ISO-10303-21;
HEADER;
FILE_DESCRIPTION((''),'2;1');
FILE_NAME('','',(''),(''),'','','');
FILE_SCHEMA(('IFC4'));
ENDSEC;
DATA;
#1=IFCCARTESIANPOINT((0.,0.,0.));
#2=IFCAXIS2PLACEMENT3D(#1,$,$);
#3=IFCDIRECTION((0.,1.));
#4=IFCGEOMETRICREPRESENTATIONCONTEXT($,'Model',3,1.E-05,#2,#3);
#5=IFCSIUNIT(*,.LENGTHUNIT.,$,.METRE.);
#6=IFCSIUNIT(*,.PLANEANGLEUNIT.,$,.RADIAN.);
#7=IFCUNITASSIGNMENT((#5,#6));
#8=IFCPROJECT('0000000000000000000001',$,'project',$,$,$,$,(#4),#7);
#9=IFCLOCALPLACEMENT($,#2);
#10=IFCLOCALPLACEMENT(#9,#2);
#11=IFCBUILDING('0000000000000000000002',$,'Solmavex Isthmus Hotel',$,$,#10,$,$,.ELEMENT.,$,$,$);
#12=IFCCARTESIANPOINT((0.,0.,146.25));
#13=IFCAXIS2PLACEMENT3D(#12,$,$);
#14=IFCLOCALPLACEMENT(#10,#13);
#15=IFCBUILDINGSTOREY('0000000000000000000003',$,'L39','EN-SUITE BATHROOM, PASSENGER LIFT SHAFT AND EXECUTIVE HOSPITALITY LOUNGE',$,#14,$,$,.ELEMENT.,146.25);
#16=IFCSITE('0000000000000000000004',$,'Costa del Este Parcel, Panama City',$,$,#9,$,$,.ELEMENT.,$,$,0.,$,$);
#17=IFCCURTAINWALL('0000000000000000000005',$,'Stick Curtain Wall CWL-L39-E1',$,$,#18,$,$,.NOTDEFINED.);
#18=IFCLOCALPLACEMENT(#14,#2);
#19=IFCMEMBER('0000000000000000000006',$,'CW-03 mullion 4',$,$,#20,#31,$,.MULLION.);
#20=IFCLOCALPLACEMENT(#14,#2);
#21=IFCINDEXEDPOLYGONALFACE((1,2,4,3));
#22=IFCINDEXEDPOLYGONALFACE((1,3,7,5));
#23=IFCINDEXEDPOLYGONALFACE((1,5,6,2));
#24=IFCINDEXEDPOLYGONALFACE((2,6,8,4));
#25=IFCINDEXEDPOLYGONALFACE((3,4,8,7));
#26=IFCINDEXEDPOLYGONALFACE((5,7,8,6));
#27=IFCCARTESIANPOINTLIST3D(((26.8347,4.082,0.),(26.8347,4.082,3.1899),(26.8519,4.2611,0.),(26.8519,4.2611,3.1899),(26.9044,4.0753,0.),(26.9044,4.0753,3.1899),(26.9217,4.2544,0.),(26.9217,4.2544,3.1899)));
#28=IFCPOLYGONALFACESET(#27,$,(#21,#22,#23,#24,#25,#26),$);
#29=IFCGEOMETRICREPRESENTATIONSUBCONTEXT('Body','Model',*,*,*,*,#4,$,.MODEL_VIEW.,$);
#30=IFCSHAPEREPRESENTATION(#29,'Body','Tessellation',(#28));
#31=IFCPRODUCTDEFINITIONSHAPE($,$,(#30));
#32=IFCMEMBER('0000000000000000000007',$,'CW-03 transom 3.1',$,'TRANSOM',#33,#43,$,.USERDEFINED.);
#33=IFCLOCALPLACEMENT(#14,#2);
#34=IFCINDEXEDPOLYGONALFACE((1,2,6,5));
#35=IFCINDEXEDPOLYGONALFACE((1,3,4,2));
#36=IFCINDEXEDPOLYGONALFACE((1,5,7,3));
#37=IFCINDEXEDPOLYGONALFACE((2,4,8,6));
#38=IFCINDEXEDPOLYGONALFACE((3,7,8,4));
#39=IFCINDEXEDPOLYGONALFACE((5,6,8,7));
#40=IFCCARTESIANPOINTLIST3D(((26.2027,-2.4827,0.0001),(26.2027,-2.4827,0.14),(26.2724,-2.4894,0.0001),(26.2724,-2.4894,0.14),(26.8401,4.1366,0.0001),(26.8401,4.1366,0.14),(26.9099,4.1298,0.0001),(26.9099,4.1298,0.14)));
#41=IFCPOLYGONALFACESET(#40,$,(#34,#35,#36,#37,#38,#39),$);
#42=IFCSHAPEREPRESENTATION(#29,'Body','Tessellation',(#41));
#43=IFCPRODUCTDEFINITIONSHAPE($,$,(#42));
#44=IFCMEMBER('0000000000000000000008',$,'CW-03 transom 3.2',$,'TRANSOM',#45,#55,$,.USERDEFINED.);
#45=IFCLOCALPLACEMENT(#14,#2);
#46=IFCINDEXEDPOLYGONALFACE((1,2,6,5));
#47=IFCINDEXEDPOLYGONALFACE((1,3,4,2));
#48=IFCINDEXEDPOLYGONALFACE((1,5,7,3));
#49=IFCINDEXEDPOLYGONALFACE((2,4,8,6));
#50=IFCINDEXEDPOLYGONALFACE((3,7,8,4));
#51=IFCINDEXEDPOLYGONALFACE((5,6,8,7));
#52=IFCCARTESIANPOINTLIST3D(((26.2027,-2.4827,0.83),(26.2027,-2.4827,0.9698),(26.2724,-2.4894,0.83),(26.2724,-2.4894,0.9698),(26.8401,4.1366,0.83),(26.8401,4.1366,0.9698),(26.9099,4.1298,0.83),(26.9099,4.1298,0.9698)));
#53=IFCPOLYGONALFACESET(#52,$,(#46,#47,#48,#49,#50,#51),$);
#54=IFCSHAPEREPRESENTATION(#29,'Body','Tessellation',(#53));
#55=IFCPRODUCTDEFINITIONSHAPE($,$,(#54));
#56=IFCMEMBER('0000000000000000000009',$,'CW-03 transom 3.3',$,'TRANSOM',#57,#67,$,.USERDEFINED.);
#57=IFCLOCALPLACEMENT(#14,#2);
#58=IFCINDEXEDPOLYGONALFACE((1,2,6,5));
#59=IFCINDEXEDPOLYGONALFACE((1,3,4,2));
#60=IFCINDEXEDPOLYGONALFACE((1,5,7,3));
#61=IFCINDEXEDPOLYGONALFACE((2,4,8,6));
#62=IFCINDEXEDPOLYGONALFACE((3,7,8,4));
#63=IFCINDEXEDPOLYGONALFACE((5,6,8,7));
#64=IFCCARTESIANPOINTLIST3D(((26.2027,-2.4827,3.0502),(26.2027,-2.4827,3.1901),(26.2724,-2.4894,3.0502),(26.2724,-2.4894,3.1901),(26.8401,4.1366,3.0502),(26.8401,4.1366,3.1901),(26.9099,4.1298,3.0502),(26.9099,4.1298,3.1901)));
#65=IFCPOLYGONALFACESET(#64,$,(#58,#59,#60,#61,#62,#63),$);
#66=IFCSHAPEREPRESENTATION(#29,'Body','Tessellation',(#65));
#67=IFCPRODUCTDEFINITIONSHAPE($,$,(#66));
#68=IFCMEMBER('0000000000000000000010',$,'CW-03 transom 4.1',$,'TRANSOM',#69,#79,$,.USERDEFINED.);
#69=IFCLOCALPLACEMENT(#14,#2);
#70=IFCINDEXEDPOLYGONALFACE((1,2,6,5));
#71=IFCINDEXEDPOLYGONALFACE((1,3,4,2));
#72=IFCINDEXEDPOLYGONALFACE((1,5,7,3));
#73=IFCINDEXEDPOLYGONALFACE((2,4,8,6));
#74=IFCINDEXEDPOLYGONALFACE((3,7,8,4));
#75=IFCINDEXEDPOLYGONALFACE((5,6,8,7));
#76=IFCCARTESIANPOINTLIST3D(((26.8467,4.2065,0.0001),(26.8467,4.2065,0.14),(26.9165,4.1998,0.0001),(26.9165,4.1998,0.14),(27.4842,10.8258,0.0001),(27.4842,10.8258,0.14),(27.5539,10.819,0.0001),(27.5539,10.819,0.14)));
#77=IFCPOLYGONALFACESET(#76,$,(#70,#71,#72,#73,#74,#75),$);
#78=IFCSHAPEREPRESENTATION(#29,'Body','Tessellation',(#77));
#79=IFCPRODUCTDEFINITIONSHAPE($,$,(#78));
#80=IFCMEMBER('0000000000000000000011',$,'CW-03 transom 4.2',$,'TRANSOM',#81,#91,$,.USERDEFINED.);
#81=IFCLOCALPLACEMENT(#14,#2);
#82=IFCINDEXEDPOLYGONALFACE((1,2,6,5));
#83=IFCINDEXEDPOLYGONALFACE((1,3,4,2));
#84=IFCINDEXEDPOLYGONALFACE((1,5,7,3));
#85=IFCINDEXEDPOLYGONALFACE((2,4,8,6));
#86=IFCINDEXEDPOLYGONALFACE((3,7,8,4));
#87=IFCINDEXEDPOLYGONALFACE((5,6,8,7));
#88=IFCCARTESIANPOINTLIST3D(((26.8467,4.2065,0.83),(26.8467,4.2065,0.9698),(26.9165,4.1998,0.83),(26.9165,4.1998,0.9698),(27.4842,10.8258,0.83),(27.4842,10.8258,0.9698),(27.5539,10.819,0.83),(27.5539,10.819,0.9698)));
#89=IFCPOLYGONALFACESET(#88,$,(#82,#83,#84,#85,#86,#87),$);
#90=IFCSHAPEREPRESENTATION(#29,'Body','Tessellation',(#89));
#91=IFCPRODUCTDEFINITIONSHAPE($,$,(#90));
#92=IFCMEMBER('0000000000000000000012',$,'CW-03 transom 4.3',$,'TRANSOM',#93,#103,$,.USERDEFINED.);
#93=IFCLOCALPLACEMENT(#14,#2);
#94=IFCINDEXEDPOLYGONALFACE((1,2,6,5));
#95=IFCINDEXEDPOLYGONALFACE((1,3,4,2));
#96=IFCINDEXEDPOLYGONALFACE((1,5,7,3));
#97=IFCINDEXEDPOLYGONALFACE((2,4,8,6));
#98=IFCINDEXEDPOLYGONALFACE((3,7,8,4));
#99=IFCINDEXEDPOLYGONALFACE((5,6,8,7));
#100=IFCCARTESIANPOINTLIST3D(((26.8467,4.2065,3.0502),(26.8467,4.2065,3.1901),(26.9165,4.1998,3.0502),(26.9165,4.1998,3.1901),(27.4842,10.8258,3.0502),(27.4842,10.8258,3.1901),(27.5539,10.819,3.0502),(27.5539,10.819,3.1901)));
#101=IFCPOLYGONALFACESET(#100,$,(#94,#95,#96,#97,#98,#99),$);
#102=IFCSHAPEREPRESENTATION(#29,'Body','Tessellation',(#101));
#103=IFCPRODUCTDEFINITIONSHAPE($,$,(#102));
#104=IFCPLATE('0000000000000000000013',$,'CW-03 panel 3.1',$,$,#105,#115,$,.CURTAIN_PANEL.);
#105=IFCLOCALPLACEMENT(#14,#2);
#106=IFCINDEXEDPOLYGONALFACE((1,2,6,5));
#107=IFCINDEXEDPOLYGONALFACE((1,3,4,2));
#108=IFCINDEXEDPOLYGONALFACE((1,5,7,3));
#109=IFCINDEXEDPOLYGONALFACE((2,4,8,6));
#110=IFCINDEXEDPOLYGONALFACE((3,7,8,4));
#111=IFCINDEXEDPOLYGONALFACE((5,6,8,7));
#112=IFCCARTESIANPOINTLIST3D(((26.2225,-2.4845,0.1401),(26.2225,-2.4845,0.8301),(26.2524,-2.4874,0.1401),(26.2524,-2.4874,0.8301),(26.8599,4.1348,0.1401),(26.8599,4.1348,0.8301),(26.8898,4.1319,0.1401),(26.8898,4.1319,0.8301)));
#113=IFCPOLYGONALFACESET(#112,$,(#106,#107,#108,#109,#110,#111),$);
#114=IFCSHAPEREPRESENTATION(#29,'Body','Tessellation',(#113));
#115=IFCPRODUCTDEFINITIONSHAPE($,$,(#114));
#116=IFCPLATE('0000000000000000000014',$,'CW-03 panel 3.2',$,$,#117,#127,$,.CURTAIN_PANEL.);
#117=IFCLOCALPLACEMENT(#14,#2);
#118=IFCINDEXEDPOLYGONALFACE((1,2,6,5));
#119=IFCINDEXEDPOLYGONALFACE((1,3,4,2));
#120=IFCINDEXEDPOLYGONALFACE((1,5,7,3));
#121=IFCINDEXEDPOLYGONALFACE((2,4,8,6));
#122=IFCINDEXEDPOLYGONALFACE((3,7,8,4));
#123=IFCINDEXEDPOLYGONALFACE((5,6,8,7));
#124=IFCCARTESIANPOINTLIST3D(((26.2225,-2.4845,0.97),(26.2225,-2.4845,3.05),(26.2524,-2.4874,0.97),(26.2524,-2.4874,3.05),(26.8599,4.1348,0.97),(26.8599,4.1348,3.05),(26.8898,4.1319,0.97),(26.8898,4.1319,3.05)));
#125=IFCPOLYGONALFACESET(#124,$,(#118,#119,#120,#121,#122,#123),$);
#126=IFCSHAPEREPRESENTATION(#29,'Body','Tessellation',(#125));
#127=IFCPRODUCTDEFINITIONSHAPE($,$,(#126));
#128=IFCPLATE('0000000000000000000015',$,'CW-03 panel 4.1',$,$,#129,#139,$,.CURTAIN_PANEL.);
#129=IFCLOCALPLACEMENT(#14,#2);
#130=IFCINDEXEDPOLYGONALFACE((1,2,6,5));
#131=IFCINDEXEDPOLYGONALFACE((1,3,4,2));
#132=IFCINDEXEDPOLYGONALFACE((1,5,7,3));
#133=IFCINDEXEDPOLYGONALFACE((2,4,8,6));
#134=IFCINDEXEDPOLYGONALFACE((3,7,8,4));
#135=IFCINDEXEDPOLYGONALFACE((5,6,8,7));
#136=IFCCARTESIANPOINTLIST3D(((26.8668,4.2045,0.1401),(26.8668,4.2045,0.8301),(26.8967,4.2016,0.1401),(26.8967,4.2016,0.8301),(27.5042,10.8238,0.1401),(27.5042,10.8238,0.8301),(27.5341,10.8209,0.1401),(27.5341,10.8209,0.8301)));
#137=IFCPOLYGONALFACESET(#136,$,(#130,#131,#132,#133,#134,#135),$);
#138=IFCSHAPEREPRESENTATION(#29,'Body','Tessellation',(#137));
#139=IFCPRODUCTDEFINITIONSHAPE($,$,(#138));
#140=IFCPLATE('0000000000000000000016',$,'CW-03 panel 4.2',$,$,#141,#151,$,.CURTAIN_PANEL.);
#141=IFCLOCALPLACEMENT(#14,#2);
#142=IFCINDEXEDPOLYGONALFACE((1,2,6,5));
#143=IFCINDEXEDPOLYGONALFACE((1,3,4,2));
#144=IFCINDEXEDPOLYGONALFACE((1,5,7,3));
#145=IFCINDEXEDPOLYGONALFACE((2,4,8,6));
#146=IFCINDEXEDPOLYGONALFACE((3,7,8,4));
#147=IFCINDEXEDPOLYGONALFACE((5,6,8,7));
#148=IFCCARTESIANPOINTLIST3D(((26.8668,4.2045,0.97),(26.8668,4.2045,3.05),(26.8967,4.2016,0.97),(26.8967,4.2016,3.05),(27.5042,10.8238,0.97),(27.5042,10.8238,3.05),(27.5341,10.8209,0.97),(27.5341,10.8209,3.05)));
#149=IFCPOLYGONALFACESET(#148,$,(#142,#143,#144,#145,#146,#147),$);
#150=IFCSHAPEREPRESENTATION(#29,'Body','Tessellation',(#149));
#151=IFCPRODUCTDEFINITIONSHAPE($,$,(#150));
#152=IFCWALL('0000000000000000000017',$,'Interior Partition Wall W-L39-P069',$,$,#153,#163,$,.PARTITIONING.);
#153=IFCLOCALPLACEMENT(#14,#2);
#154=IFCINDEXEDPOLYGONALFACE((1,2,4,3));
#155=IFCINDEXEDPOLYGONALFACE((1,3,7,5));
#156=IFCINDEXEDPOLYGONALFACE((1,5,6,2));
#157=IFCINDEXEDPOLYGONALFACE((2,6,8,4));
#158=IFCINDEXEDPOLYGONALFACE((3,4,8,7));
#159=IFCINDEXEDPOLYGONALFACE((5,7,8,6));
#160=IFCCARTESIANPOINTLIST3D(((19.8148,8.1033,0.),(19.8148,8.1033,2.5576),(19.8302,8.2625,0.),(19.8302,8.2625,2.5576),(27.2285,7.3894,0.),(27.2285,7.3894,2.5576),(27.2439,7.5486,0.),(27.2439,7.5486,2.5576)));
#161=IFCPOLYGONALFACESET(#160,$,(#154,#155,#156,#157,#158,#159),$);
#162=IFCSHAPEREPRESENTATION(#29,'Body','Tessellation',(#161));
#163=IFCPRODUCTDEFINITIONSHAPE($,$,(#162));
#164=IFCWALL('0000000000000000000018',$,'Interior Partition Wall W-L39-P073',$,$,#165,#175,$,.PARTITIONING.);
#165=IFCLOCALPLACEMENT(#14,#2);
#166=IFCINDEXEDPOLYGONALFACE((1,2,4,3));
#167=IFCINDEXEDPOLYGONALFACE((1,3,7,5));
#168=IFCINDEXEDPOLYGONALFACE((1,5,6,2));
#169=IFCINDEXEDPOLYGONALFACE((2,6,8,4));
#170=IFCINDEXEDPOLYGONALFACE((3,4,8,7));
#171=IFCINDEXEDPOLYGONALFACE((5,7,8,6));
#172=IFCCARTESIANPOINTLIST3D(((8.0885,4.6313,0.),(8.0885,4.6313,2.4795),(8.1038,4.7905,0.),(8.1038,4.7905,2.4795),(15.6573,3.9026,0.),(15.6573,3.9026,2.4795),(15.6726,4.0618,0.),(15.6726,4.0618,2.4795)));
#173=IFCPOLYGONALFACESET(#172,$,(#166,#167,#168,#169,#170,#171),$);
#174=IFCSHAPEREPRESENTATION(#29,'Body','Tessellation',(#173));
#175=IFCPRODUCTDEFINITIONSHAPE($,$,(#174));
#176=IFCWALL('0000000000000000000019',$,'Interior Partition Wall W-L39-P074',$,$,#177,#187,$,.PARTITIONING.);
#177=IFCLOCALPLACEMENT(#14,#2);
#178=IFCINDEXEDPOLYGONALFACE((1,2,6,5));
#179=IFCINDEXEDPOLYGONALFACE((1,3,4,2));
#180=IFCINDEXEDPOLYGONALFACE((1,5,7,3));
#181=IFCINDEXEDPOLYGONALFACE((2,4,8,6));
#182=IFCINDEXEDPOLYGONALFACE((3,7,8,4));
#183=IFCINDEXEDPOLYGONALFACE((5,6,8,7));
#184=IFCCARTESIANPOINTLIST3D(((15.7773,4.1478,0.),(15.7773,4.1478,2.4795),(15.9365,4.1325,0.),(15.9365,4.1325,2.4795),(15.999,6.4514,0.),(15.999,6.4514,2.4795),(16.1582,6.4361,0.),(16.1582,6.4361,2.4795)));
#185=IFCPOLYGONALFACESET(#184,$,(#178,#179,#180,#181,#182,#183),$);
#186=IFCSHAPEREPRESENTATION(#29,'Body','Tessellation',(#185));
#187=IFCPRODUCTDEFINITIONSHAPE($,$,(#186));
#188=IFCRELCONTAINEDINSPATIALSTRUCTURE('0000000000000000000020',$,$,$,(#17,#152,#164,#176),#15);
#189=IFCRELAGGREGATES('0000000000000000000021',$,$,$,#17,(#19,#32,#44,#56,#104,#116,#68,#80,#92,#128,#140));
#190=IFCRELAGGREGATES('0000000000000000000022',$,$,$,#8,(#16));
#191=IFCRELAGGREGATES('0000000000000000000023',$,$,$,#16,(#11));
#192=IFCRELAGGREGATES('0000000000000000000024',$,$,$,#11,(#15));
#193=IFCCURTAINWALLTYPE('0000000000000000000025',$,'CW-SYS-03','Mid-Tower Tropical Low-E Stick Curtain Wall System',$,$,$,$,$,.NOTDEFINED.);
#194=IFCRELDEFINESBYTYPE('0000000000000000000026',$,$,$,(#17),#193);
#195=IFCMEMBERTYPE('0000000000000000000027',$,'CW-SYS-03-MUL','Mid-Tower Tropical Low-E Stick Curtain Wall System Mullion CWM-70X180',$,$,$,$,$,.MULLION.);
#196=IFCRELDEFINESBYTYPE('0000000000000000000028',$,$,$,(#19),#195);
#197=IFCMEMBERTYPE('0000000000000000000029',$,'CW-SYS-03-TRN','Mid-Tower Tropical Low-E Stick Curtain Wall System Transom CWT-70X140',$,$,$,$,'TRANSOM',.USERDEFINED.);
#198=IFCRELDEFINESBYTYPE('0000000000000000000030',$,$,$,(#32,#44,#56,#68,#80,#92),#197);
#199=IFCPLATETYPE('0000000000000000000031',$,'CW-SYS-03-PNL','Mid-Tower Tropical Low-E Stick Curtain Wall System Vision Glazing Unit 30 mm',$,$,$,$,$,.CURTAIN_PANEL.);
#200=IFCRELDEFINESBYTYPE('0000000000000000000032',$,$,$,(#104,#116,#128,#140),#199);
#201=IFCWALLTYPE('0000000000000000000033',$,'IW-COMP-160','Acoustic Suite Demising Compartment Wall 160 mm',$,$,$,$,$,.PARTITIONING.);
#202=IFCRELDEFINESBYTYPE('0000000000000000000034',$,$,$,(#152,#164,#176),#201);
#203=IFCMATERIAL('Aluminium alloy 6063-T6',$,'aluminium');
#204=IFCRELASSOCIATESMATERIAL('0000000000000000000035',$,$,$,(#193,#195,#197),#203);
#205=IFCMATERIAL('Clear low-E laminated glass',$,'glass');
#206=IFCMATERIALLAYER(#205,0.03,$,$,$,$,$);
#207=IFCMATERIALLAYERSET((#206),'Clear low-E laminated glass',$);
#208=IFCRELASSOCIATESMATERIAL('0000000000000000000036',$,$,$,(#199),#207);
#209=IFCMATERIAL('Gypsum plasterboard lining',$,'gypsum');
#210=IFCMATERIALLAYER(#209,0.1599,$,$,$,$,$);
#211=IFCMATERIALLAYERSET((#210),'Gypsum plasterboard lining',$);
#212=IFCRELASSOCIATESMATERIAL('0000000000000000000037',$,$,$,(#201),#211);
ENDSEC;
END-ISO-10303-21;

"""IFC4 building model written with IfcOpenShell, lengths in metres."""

from ifc_helpers import new_model, si_unit, direction, frame, frame_2d, origin, origin_2d, place, context, subcontext, project, spatial, rectangle, extrude, material, layer, layer_set, material_profile, profile_set, type_object, element, aggregate, save


model = new_model("IFC4")

# Units and contexts
model_context = context("Model", 3, precision=1e-05, world=origin(), true_north=direction((0.0, 1.0)))
body_context = subcontext(model_context, "Body", "Model", "MODEL_VIEW")
ifc_project = project(units=[si_unit("LENGTHUNIT", "METRE"), si_unit("PLANEANGLEUNIT", "RADIAN")], contexts=[model_context])

# Site, building, storey
site_placement = place(None, origin())
site = spatial("IfcSite", under=ifc_project, at=site_placement, Name="Costa del Este Parcel, Panama City", CompositionType="ELEMENT", RefElevation=0.0)
building_placement = place(site_placement, origin())
building = spatial("IfcBuilding", under=site, at=building_placement, Name="Solmavex Isthmus Hotel", CompositionType="ELEMENT")
storey_placement = place(building_placement, frame((0.0, 0.0, 146.25)))
storey = spatial("IfcBuildingStorey", under=building, at=storey_placement, Name="L39", Description="EN-SUITE BATHROOM, PASSENGER LIFT SHAFT AND EXECUTIVE HOSPITALITY LOUNGE", CompositionType="ELEMENT", Elevation=146.25)

# Curtain wall, members, plates
ifc_material_1 = material(Name="Aluminium alloy 6063-T6", Category="aluminium")
curtain_wall_type = type_object("IfcCurtainWallType", Name="CW-SYS-03", Description="Mid-Tower Tropical Low-E Stick Curtain Wall System", PredefinedType="NOTDEFINED", material=ifc_material_1)
curtain_wall_placement = place(storey_placement, origin())
curtain_wall = element("IfcCurtainWall", 1, at=curtain_wall_placement, inside=storey, type_object=curtain_wall_type, Name="Stick Curtain Wall CWL-L39-E1", PredefinedType="NOTDEFINED")
ifc_material_profile_1 = material_profile(ifc_material_1, rectangle(XDim=0.0701, YDim=0.1799, at=origin_2d()), Name="CWM-70X180")
ifc_profile_set_1 = profile_set([ifc_material_profile_1], Name="Aluminium alloy 6063-T6")
member_type_1 = type_object("IfcMemberType", Name="CW-SYS-03-MUL", Description="Mid-Tower Tropical Low-E Stick Curtain Wall System Mullion CWM-70X180", PredefinedType="MULLION", material=ifc_profile_set_1)
member_1_placement = place(storey_placement, frame((26.8782, 4.1682, 0.0), z_axis=(0.0, 0.0, 1.0), x_axis=(-0.995396, 0.095846, 0.0)))
member_1 = element("IfcMember", 2, at=member_1_placement, type_object=member_type_1, Name="CW-03 mullion 4", PredefinedType="MULLION", context=body_context, shape_type="SweptSolid", body=[
    extrude(rectangle(XDim=0.0701, YDim=0.1799, at=origin_2d()), origin(), (0.0, 0.0, 1.0), 3.1899),
])
ifc_material_profile_2 = material_profile(ifc_material_1, rectangle(XDim=0.0701, YDim=0.1399, at=origin_2d()), Name="CWT-70X140")
ifc_profile_set_2 = profile_set([ifc_material_profile_2], Name="Aluminium alloy 6063-T6")
member_type_2 = type_object("IfcMemberType", Name="CW-SYS-03-TRN", Description="Mid-Tower Tropical Low-E Stick Curtain Wall System Transom CWT-70X140", ElementType="TRANSOM", PredefinedType="USERDEFINED", material=ifc_profile_set_2)
member_2_placement = place(storey_placement, frame((26.2375, -2.4861, 0.0701), z_axis=(0.095857, 0.995395, 0.0), x_axis=(-0.995395, 0.095857, 0.0)))
member_2 = element("IfcMember", 3, at=member_2_placement, type_object=member_type_2, Name="CW-03 transom 3.1", ObjectType="TRANSOM", PredefinedType="USERDEFINED", context=body_context, shape_type="SweptSolid", body=[
    extrude(rectangle(XDim=0.0701, YDim=0.1399, at=origin_2d()), origin(), (0.0, 0.0, 1.0), 6.6499),
])
member_3_placement = place(storey_placement, frame((26.2375, -2.4861, 0.8999), z_axis=(0.095857, 0.995395, 0.0), x_axis=(-0.995395, 0.095857, 0.0)))
member_3 = element("IfcMember", 4, at=member_3_placement, type_object=member_type_2, Name="CW-03 transom 3.2", ObjectType="TRANSOM", PredefinedType="USERDEFINED", context=body_context, shape_type="SweptSolid", body=[
    extrude(rectangle(XDim=0.0701, YDim=0.1399, at=origin_2d()), origin(), (0.0, 0.0, 1.0), 6.6499),
])
member_4_placement = place(storey_placement, frame((26.2375, -2.4861, 3.1201), z_axis=(0.095857, 0.995395, 0.0), x_axis=(-0.995395, 0.095857, 0.0)))
member_4 = element("IfcMember", 5, at=member_4_placement, type_object=member_type_2, Name="CW-03 transom 3.3", ObjectType="TRANSOM", PredefinedType="USERDEFINED", context=body_context, shape_type="SweptSolid", body=[
    extrude(rectangle(XDim=0.0701, YDim=0.1399, at=origin_2d()), origin(), (0.0, 0.0, 1.0), 6.6499),
])
member_5_placement = place(storey_placement, frame((26.8816, 4.2031, 0.0701), z_axis=(0.095857, 0.995395, 0.0), x_axis=(-0.995395, 0.095857, 0.0)))
member_5 = element("IfcMember", 6, at=member_5_placement, type_object=member_type_2, Name="CW-03 transom 4.1", ObjectType="TRANSOM", PredefinedType="USERDEFINED", context=body_context, shape_type="SweptSolid", body=[
    extrude(rectangle(XDim=0.0701, YDim=0.1399, at=origin_2d()), origin(), (0.0, 0.0, 1.0), 6.6499),
])
member_6_placement = place(storey_placement, frame((26.8816, 4.2031, 0.8999), z_axis=(0.095857, 0.995395, 0.0), x_axis=(-0.995395, 0.095857, 0.0)))
member_6 = element("IfcMember", 7, at=member_6_placement, type_object=member_type_2, Name="CW-03 transom 4.2", ObjectType="TRANSOM", PredefinedType="USERDEFINED", context=body_context, shape_type="SweptSolid", body=[
    extrude(rectangle(XDim=0.0701, YDim=0.1399, at=origin_2d()), origin(), (0.0, 0.0, 1.0), 6.6499),
])
member_7_placement = place(storey_placement, frame((26.8816, 4.2031, 3.1201), z_axis=(0.095857, 0.995395, 0.0), x_axis=(-0.995395, 0.095857, 0.0)))
member_7 = element("IfcMember", 8, at=member_7_placement, type_object=member_type_2, Name="CW-03 transom 4.3", ObjectType="TRANSOM", PredefinedType="USERDEFINED", context=body_context, shape_type="SweptSolid", body=[
    extrude(rectangle(XDim=0.0701, YDim=0.1399, at=origin_2d()), origin(), (0.0, 0.0, 1.0), 6.6499),
])
ifc_material_2 = material(Name="Clear low-E laminated glass", Category="glass")
ifc_layer_1 = layer(ifc_material_2, 0.03)
ifc_layer_set_1 = layer_set([ifc_layer_1], Name="Clear low-E laminated glass")
plate_type = type_object("IfcPlateType", Name="CW-SYS-03-PNL", Description="Mid-Tower Tropical Low-E Stick Curtain Wall System Vision Glazing Unit 30 mm", PredefinedType="CURTAIN_PANEL", material=ifc_layer_set_1)
plate_1_placement = place(storey_placement, frame((26.5562, 0.8237, 0.1401), z_axis=(0.0, 0.0, 1.0), x_axis=(0.095846, 0.995396, 0.0)))
plate_1 = element("IfcPlate", 9, at=plate_1_placement, type_object=plate_type, Name="CW-03 panel 3.1", PredefinedType="CURTAIN_PANEL", context=body_context, shape_type="SweptSolid", body=[
    extrude(rectangle(XDim=6.6499, YDim=0.03, at=origin_2d()), origin(), (0.0, 0.0, 1.0), 0.6899),
])
plate_2_placement = place(storey_placement, frame((26.5562, 0.8237, 0.97), z_axis=(0.0, 0.0, 1.0), x_axis=(0.095846, 0.995396, 0.0)))
plate_2 = element("IfcPlate", 10, at=plate_2_placement, type_object=plate_type, Name="CW-03 panel 3.2", PredefinedType="CURTAIN_PANEL", context=body_context, shape_type="SweptSolid", body=[
    extrude(rectangle(XDim=6.6499, YDim=0.03, at=origin_2d()), origin(), (0.0, 0.0, 1.0), 2.0801),
])
plate_3_placement = place(storey_placement, frame((27.2004, 7.5127, 0.1401), z_axis=(0.0, 0.0, 1.0), x_axis=(0.095846, 0.995396, 0.0)))
plate_3 = element("IfcPlate", 11, at=plate_3_placement, type_object=plate_type, Name="CW-03 panel 4.1", PredefinedType="CURTAIN_PANEL", context=body_context, shape_type="SweptSolid", body=[
    extrude(rectangle(XDim=6.6499, YDim=0.03, at=origin_2d()), origin(), (0.0, 0.0, 1.0), 0.6899),
])
plate_4_placement = place(storey_placement, frame((27.2004, 7.5127, 0.97), z_axis=(0.0, 0.0, 1.0), x_axis=(0.095846, 0.995396, 0.0)))
plate_4 = element("IfcPlate", 12, at=plate_4_placement, type_object=plate_type, Name="CW-03 panel 4.2", PredefinedType="CURTAIN_PANEL", context=body_context, shape_type="SweptSolid", body=[
    extrude(rectangle(XDim=6.6499, YDim=0.03, at=origin_2d()), origin(), (0.0, 0.0, 1.0), 2.0801),
])
aggregate(curtain_wall, [member_1, member_2, member_3, member_4, plate_1, plate_2, member_5, member_6, member_7, plate_3, plate_4])

# Walls
ifc_material_3 = material(Name="Gypsum plasterboard lining", Category="gypsum")
ifc_layer_2 = layer(ifc_material_3, 0.1599)
ifc_layer_set_2 = layer_set([ifc_layer_2], Name="Gypsum plasterboard lining")
wall_type_1 = type_object("IfcWallType", Name="IW-COMP-160", Description="Acoustic Suite Demising Compartment Wall 160 mm", PredefinedType="PARTITIONING", material=ifc_layer_set_2)
wall_1_placement = place(storey_placement, frame((27.2363, 7.469, 0.0), z_axis=(0.0, 0.0, 1.0), x_axis=(-0.995396, 0.095845, 0.0)))
element("IfcWall", 13, at=wall_1_placement, inside=storey, type_object=wall_type_1, Name="Interior Partition Wall W-L39-P069", PredefinedType="PARTITIONING", context=body_context, shape_type="SweptSolid", body=[
    extrude(rectangle(XDim=7.448, YDim=0.1599, at=frame_2d((3.7241, 0.0))), origin(), (0.0, 0.0, 1.0), 2.5576),
])
wall_2_placement = place(storey_placement, frame((15.6648, 3.9822, 0.0), z_axis=(0.0, 0.0, 1.0), x_axis=(-0.995397, 0.095841, 0.0)))
element("IfcWall", 14, at=wall_2_placement, inside=storey, type_object=wall_type_1, Name="Interior Partition Wall W-L39-P073", PredefinedType="PARTITIONING", context=body_context, shape_type="SweptSolid", body=[
    extrude(rectangle(XDim=7.6038, YDim=0.1599, at=frame_2d((3.8018, 0.0))), origin(), (0.0, 0.0, 1.0), 2.4795),
])
wall_3_placement = place(storey_placement, frame((16.0786, 6.4438, 0.0), z_axis=(0.0, 0.0, 1.0), x_axis=(-0.095795, -0.995401, 0.0)))
element("IfcWall", 15, at=wall_3_placement, inside=storey, type_object=wall_type_1, Name="Interior Partition Wall W-L39-P074", PredefinedType="PARTITIONING", context=body_context, shape_type="SweptSolid", body=[
    extrude(rectangle(XDim=2.3142, YDim=0.1599, at=frame_2d((1.1572, 0.0))), origin(), (0.0, 0.0, 1.0), 2.4795),
])

save(model, "model.ifc")
